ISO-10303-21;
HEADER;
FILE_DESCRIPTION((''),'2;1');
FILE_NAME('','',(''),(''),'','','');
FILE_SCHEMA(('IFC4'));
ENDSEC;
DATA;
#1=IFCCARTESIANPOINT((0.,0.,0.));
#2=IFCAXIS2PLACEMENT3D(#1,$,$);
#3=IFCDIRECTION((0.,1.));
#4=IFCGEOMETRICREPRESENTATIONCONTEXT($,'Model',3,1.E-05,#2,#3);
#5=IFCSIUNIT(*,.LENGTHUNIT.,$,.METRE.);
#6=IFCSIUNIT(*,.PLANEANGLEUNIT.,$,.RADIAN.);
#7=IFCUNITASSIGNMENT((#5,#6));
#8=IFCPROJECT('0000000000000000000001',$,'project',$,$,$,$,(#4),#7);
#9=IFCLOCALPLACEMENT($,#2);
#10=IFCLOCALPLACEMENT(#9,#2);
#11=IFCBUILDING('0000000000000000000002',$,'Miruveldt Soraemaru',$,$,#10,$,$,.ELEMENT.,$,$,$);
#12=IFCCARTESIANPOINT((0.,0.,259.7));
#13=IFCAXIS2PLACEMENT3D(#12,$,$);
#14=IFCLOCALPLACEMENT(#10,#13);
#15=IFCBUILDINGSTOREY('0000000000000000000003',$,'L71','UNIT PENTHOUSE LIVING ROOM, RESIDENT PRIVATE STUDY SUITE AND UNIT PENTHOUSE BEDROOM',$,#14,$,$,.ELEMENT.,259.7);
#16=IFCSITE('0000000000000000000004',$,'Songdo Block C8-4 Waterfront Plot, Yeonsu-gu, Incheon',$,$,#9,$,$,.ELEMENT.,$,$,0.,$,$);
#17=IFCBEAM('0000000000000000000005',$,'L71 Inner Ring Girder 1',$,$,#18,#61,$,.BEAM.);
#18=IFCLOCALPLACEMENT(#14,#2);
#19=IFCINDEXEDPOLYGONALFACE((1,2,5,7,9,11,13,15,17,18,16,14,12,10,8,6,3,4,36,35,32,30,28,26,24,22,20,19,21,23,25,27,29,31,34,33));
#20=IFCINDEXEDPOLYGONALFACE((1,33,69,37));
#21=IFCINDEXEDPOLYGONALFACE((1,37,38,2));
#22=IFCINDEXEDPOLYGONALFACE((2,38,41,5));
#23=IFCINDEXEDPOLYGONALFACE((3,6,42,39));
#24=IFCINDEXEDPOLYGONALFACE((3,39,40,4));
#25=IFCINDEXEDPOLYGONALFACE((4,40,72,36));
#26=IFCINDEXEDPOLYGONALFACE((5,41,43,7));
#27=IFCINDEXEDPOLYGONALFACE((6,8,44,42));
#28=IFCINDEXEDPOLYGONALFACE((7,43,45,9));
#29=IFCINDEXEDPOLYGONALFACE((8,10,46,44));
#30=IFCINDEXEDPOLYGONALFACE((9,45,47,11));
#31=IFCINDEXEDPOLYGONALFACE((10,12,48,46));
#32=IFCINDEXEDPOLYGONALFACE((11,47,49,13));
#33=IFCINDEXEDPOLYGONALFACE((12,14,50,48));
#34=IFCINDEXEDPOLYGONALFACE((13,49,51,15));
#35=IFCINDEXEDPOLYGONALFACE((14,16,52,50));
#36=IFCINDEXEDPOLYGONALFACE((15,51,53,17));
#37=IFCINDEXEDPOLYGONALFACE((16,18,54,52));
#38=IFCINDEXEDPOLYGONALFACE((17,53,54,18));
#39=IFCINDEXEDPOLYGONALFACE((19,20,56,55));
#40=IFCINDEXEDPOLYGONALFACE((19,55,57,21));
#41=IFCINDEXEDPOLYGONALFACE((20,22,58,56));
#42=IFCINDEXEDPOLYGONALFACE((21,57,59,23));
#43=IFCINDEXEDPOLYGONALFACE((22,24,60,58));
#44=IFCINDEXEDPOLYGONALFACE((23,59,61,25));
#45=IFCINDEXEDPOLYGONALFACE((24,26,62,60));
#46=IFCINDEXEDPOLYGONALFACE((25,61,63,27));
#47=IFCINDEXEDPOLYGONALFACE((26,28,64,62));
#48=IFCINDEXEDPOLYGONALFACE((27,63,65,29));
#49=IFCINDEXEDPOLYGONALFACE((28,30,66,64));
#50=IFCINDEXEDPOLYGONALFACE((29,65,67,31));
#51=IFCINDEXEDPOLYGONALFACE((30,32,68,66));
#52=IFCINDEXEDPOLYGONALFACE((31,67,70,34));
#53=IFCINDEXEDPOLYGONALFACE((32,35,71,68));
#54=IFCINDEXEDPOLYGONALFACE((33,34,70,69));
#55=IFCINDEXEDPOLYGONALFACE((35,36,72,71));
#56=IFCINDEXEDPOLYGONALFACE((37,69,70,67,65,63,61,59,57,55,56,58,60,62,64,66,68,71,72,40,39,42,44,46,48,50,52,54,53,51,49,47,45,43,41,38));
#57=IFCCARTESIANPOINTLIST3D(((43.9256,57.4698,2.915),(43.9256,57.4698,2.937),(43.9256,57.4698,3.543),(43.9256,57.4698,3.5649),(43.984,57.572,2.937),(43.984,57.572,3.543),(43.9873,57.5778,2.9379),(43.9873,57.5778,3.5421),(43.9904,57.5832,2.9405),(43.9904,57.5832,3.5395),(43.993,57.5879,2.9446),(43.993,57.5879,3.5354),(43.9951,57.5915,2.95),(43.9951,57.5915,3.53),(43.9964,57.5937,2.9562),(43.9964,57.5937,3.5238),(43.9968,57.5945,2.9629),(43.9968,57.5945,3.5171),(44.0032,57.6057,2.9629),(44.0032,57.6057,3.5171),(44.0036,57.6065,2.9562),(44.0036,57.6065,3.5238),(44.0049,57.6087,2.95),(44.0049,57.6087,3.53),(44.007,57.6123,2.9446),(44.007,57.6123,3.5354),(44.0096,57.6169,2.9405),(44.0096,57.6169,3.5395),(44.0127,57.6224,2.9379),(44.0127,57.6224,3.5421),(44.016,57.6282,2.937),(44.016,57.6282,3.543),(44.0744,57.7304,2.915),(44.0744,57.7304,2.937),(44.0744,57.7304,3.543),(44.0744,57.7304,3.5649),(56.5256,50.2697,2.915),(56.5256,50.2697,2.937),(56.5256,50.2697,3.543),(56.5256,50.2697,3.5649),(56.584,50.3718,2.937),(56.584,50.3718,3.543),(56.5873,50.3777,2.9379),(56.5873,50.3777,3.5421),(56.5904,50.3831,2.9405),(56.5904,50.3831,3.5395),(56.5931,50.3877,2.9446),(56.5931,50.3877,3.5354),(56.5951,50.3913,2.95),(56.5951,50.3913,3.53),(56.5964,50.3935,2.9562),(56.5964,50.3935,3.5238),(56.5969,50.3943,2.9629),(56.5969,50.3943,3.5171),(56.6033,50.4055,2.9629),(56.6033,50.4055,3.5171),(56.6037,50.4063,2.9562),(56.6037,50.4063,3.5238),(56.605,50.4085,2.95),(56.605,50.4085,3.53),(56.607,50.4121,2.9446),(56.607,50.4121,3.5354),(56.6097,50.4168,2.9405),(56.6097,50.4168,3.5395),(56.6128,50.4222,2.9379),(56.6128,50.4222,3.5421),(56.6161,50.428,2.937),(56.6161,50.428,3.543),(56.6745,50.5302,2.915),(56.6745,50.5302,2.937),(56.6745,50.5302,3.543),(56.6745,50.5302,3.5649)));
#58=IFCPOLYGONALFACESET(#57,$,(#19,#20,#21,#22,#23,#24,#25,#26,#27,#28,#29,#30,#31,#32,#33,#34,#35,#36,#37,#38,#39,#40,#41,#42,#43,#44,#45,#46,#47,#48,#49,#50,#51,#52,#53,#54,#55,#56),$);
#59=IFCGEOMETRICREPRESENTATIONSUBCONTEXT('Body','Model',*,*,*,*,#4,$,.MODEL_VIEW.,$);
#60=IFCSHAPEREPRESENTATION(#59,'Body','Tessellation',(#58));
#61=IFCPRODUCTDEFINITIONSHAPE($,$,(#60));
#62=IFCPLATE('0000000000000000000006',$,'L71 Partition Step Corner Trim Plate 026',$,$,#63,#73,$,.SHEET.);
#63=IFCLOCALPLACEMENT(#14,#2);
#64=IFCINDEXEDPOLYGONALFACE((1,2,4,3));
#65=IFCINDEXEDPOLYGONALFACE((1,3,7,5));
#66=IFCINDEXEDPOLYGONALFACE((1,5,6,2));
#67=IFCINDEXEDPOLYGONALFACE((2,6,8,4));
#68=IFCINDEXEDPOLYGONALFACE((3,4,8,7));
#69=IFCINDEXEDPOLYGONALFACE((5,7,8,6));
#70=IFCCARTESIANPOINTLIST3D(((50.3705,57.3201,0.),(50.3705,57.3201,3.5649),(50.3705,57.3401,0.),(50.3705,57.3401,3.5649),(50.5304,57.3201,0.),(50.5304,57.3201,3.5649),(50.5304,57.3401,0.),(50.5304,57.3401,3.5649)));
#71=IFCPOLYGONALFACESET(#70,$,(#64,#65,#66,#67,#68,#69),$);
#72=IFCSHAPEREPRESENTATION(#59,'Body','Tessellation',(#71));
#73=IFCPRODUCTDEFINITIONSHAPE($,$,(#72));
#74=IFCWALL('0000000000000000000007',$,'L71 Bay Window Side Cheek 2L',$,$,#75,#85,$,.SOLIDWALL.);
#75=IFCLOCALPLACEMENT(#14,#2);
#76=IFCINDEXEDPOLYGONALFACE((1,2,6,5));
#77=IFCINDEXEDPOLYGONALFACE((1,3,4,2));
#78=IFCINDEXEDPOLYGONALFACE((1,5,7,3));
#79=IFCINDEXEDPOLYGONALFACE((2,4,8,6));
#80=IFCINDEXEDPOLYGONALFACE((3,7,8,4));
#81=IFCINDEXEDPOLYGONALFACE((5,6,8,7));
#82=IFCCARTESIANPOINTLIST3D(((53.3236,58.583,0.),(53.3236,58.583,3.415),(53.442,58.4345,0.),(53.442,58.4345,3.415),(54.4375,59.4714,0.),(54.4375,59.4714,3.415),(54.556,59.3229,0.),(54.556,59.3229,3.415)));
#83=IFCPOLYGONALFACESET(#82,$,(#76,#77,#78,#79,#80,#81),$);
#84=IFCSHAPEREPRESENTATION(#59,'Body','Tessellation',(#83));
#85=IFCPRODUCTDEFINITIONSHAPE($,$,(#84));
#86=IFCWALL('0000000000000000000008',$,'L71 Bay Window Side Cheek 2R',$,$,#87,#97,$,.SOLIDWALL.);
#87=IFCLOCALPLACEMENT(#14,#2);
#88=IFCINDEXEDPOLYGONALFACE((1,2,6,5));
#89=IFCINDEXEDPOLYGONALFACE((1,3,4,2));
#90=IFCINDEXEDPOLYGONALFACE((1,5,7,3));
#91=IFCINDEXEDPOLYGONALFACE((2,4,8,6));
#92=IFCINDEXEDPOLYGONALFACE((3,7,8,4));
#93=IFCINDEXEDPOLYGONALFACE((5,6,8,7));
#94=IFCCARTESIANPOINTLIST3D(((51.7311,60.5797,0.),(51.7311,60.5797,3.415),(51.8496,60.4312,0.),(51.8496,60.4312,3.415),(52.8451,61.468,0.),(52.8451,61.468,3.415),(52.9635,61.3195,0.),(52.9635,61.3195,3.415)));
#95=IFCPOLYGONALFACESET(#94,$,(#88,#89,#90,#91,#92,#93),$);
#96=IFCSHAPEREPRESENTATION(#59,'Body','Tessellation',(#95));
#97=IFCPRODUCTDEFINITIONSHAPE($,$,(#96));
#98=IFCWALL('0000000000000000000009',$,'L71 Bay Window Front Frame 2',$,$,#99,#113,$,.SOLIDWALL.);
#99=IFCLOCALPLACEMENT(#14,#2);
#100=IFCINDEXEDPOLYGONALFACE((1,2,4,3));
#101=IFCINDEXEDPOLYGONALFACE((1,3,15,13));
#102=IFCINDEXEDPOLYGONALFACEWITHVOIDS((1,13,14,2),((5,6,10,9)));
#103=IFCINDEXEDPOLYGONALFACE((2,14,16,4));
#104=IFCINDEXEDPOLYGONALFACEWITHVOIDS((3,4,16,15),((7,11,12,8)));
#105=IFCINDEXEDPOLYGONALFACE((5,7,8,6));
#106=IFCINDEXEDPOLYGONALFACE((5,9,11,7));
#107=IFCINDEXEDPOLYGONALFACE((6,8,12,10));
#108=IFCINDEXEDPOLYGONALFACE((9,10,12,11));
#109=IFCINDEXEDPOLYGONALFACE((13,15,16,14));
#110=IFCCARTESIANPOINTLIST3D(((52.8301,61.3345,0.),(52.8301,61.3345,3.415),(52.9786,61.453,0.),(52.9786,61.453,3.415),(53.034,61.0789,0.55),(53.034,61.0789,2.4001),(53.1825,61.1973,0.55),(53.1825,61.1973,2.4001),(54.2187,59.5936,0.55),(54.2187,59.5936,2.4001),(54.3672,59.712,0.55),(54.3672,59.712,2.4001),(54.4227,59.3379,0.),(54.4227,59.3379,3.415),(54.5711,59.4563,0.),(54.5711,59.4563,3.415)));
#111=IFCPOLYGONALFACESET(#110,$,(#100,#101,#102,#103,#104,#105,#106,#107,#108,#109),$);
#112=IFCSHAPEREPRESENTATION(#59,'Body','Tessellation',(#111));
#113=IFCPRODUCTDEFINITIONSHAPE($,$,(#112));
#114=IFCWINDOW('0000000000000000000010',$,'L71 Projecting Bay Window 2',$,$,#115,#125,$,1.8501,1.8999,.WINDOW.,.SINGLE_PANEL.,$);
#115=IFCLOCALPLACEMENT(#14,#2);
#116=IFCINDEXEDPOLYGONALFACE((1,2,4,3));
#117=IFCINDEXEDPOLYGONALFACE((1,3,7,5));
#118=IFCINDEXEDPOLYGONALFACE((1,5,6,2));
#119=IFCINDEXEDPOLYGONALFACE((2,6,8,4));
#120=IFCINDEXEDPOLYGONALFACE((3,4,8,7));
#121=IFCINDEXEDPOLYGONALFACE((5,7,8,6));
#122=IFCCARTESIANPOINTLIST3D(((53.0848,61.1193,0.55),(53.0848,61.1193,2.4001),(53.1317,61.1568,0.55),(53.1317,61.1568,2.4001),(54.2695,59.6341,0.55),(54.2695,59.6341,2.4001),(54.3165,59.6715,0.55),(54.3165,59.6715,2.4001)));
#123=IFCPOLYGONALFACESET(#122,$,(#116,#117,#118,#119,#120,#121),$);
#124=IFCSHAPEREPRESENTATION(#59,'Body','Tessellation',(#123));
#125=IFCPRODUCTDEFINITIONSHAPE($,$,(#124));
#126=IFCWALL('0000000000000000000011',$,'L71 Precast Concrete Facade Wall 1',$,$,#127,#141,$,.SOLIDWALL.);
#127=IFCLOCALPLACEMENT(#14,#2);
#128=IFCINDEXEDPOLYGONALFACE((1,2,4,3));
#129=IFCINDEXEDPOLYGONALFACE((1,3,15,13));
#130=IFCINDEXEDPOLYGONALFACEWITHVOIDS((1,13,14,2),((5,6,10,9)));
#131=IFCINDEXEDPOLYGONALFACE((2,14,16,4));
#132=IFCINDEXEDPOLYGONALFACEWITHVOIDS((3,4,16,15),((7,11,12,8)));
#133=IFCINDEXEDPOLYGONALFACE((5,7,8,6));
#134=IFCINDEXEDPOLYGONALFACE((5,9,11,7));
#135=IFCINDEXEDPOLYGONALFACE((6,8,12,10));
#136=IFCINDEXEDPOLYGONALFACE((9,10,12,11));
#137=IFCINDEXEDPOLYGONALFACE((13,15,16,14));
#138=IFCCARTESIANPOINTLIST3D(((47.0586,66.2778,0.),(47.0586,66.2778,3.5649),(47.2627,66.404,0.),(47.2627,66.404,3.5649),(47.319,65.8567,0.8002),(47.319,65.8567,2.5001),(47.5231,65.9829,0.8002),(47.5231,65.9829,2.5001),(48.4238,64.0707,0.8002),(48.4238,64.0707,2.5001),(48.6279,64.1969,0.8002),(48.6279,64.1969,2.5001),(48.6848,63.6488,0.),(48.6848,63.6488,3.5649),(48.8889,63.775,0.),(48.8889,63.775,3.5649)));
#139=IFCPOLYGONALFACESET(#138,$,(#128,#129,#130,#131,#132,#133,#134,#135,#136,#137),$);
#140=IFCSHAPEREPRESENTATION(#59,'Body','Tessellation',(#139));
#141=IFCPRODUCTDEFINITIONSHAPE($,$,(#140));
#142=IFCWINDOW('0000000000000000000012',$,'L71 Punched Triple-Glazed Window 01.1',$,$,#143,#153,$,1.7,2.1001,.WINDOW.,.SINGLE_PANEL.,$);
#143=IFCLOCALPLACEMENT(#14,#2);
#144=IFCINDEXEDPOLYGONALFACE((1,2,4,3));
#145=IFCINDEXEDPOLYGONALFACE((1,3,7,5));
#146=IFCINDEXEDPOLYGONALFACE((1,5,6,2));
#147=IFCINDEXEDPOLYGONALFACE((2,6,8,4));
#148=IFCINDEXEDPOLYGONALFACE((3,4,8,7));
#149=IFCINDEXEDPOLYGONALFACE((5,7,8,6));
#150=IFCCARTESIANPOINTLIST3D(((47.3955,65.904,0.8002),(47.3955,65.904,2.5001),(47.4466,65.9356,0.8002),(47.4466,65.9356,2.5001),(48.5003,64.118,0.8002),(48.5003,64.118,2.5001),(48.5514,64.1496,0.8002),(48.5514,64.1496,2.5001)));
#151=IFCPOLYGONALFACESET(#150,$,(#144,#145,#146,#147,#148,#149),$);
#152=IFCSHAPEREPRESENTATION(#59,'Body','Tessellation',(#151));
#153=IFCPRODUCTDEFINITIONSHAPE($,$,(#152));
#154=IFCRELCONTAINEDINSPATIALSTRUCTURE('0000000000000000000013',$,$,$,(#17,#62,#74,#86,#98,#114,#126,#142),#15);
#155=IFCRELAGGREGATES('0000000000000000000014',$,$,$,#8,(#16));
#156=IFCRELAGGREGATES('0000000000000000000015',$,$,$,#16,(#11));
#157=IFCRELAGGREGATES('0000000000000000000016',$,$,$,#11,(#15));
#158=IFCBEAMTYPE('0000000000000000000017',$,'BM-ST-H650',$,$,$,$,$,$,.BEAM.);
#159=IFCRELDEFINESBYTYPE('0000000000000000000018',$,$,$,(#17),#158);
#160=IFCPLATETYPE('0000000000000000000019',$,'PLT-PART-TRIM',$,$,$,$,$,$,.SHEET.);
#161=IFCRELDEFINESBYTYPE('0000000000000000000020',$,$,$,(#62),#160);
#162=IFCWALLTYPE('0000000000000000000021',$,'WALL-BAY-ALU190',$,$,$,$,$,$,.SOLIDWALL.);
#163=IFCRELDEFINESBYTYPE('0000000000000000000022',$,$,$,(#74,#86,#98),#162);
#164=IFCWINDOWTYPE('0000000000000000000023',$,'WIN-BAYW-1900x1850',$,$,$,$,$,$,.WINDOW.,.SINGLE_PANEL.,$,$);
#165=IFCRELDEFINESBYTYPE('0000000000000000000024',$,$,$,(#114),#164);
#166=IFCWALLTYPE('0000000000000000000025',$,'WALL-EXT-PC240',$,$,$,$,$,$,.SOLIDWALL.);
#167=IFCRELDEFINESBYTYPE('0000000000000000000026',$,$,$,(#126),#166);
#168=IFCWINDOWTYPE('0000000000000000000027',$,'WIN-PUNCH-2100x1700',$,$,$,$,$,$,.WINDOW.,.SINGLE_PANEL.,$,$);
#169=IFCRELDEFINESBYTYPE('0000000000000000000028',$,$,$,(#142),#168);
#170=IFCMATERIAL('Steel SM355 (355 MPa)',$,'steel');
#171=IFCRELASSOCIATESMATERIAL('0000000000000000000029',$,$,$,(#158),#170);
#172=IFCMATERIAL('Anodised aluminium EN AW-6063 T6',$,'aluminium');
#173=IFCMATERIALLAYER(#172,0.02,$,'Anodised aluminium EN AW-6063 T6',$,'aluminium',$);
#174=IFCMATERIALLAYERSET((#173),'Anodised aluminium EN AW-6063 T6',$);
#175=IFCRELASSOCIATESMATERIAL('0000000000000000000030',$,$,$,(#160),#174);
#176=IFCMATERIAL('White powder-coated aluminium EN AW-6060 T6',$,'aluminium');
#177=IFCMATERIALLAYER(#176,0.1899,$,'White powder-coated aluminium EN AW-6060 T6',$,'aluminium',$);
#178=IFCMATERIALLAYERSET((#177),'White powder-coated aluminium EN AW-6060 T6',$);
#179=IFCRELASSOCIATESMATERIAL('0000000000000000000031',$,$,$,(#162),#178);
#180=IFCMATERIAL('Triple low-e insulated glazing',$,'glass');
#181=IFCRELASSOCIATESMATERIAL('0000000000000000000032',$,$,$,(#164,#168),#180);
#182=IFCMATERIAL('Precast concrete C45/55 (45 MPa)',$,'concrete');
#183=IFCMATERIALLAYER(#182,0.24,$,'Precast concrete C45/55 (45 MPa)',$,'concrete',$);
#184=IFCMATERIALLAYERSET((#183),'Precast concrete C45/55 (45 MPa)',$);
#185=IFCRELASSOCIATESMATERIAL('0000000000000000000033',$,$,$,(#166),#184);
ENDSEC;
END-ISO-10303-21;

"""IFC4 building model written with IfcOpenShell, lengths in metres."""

from ifc_helpers import new_model, si_unit, direction, frame, frame_2d, origin, origin_2d, place, context, subcontext, project, spatial, rectangle, i_section, extrude, material, layer, layer_set, material_profile, profile_set, type_object, element, fill, save


model = new_model("IFC4")

# Units and contexts
model_context = context("Model", 3, precision=1e-05, world=origin(), true_north=direction((0.0, 1.0)))
body_context = subcontext(model_context, "Body", "Model", "MODEL_VIEW")
ifc_project = project(units=[si_unit("LENGTHUNIT", "METRE"), si_unit("PLANEANGLEUNIT", "RADIAN")], contexts=[model_context])

# Site, building, storey
site_placement = place(None, origin())
site = spatial("IfcSite", under=ifc_project, at=site_placement, Name="Songdo Block C8-4 Waterfront Plot, Yeonsu-gu, Incheon", CompositionType="ELEMENT", RefElevation=0.0)
building_placement = place(site_placement, origin())
building = spatial("IfcBuilding", under=site, at=building_placement, Name="Miruveldt Soraemaru", CompositionType="ELEMENT")
storey_placement = place(building_placement, frame((0.0, 0.0, 259.7)))
storey = spatial("IfcBuildingStorey", under=building, at=storey_placement, Name="L71", Description="UNIT PENTHOUSE LIVING ROOM, RESIDENT PRIVATE STUDY SUITE AND UNIT PENTHOUSE BEDROOM", CompositionType="ELEMENT", Elevation=259.7)

# Beam
ifc_material_1 = material(Name="Steel SM355 (355 MPa)", Category="steel")
ifc_material_profile = material_profile(ifc_material_1, i_section(OverallWidth=0.3, OverallDepth=0.6499, WebThickness=0.0129, FlangeThickness=0.022, FilletRadius=0.0259, at=origin_2d()), Name="Steel SM355 (355 MPa)", Category="steel")
ifc_profile_set = profile_set([ifc_material_profile], Name="Steel SM355 (355 MPa)")
beam_type = type_object("IfcBeamType", Name="BM-ST-H650", PredefinedType="BEAM", material=ifc_profile_set)
beam_placement = place(storey_placement, frame((44.0, 57.6001, 3.24), z_axis=(0.868239, -0.496146, 0.0), x_axis=(0.496146, 0.868239, 0.0)))
element("IfcBeam", 1, at=beam_placement, inside=storey, type_object=beam_type, Name="L71 Inner Ring Girder 1", PredefinedType="BEAM", context=body_context, shape_type="SweptSolid", body=[
    extrude(i_section(OverallWidth=0.3, OverallDepth=0.6499, WebThickness=0.0129, FlangeThickness=0.022, FilletRadius=0.0259, at=origin_2d()), origin(), (0.0, 0.0, 1.0), 14.5122),
])

# Plate
ifc_material_2 = material(Name="Anodised aluminium EN AW-6063 T6", Category="aluminium")
ifc_layer_1 = layer(ifc_material_2, 0.02, Name="Anodised aluminium EN AW-6063 T6", Category="aluminium")
ifc_layer_set_1 = layer_set([ifc_layer_1], Name="Anodised aluminium EN AW-6063 T6")
plate_type = type_object("IfcPlateType", Name="PLT-PART-TRIM", PredefinedType="SHEET", material=ifc_layer_set_1)
plate_placement = place(storey_placement, frame((50.4504, 57.3301, 0.0), z_axis=(0.0, 0.0, 1.0), x_axis=(-1.0, 0.0, 0.0)))
element("IfcPlate", 2, at=plate_placement, inside=storey, type_object=plate_type, Name="L71 Partition Step Corner Trim Plate 026", PredefinedType="SHEET", context=body_context, shape_type="SweptSolid", body=[
    extrude(rectangle(XDim=0.1599, YDim=0.02, at=origin_2d()), origin(), (0.0, 0.0, 1.0), 3.5649),
])

# Walls
ifc_material_3 = material(Name="White powder-coated aluminium EN AW-6060 T6", Category="aluminium")
ifc_layer_2 = layer(ifc_material_3, 0.1899, Name="White powder-coated aluminium EN AW-6060 T6", Category="aluminium")
ifc_layer_set_2 = layer_set([ifc_layer_2], Name="White powder-coated aluminium EN AW-6060 T6")
wall_type_1 = type_object("IfcWallType", Name="WALL-BAY-ALU190", PredefinedType="SOLIDWALL", material=ifc_layer_set_2)
for number, where, z_axis, x_axis, name in (
    (3, (53.3828, 58.5088, 0.0), (0.0, 0.0, 1.0), (0.781821, 0.623503, 0.0), "L71 Bay Window Side Cheek 2L"),
    (4, (52.9043, 61.3938, 0.0), (0.0, 0.0, 1.0), (-0.781821, -0.623503, 0.0), "L71 Bay Window Side Cheek 2R"),
):
    element("IfcWall", number, at=place(storey_placement, frame(where, z_axis=z_axis, x_axis=x_axis)), inside=storey, type_object=wall_type_1, Name=name, PredefinedType="SOLIDWALL", context=body_context, shape_type="SweptSolid", body=[
        extrude(rectangle(XDim=1.4248, YDim=0.1899, at=frame_2d((0.7124, 0.0))), origin(), (0.0, 0.0, 1.0), 3.415),
    ])

# Walls, openings, windows
wall_1_placement = place(storey_placement, frame((54.4968, 59.3972, 0.0), z_axis=(0.0, 0.0, 1.0), x_axis=(-0.623564, 0.781773, 0.0)))
wall_1 = element("IfcWall", 5, at=wall_1_placement, inside=storey, type_object=wall_type_1, Name="L71 Bay Window Front Frame 2", PredefinedType="SOLIDWALL", context=body_context, shape_type="SweptSolid", body=[
    extrude(rectangle(XDim=2.554, YDim=0.1899, at=frame_2d((1.2769, 0.0))), origin(), (0.0, 0.0, 1.0), 3.415),
])
opening_1_placement = place(wall_1_placement, frame((0.3269, 0.0, 0.55)))
opening_1 = element("IfcOpeningElement", 6, at=opening_1_placement, cuts=wall_1, PredefinedType="OPENING", context=body_context, shape_type="SweptSolid", body=[
    extrude(rectangle(XDim=1.8999, YDim=1.8501, at=frame_2d((0.95, 0.925))), frame((0.0, 0.105, 0.0), z_axis=(0.0, -1.0, 0.0), x_axis=(1.0, 0.0, 0.0)), (0.0, 0.0, 1.0), 0.21),
])
ifc_material_4 = material(Name="Triple low-e insulated glazing", Category="glass")
window_type_1 = type_object("IfcWindowType", Name="WIN-BAYW-1900x1850", PartitioningType="SINGLE_PANEL", PredefinedType="WINDOW", material=ifc_material_4)
window_1_placement = place(opening_1_placement, origin())
window_1 = element("IfcWindow", 7, at=window_1_placement, inside=storey, type_object=window_type_1, Name="L71 Projecting Bay Window 2", OverallHeight=1.8501, OverallWidth=1.8999, PartitioningType="SINGLE_PANEL", PredefinedType="WINDOW", context=body_context, shape_type="SweptSolid", body=[
    extrude(rectangle(XDim=1.8999, YDim=1.8501, at=frame_2d((0.95, 0.925))), frame((0.0, 0.03, 0.0), z_axis=(0.0, -1.0, 0.0), x_axis=(1.0, 0.0, 0.0)), (0.0, 0.0, 1.0), 0.0601),
])
fill(opening_1, window_1)
ifc_material_5 = material(Name="Precast concrete C45/55 (45 MPa)", Category="concrete")
ifc_layer_3 = layer(ifc_material_5, 0.24, Name="Precast concrete C45/55 (45 MPa)", Category="concrete")
ifc_layer_set_3 = layer_set([ifc_layer_3], Name="Precast concrete C45/55 (45 MPa)")
wall_type_2 = type_object("IfcWallType", Name="WALL-EXT-PC240", PredefinedType="SOLIDWALL", material=ifc_layer_set_3)
wall_2_placement = place(storey_placement, frame((48.7869, 63.7119, 0.0), z_axis=(0.0, 0.0, 1.0), x_axis=(-0.526075, 0.850438, 0.0)))
wall_2 = element("IfcWall", 8, at=wall_2_placement, inside=storey, type_object=wall_type_2, Name="L71 Precast Concrete Facade Wall 1", PredefinedType="SOLIDWALL", context=body_context, shape_type="SweptSolid", body=[
    extrude(rectangle(XDim=3.0913, YDim=0.24, at=frame_2d((1.5457, 0.0))), origin(), (0.0, 0.0, 1.0), 3.5649),
])
opening_2_placement = place(wall_2_placement, frame((0.4961, 0.0, 0.8)))
opening_2 = element("IfcOpeningElement", 9, at=opening_2_placement, cuts=wall_2, PredefinedType="OPENING", context=body_context, shape_type="SweptSolid", body=[
    extrude(rectangle(XDim=2.1001, YDim=1.7, at=frame_2d((1.05, 0.8501))), frame((0.0, 0.1299, 0.0), z_axis=(0.0, -1.0, 0.0), x_axis=(1.0, 0.0, 0.0)), (0.0, 0.0, 1.0), 0.26),
])
window_type_2 = type_object("IfcWindowType", Name="WIN-PUNCH-2100x1700", PartitioningType="SINGLE_PANEL", PredefinedType="WINDOW", material=ifc_material_4)
window_2_placement = place(opening_2_placement, origin())
window_2 = element("IfcWindow", 10, at=window_2_placement, inside=storey, type_object=window_type_2, Name="L71 Punched Triple-Glazed Window 01.1", OverallHeight=1.7, OverallWidth=2.1001, PartitioningType="SINGLE_PANEL", PredefinedType="WINDOW", context=body_context, shape_type="SweptSolid", body=[
    extrude(rectangle(XDim=2.1001, YDim=1.7, at=frame_2d((1.05, 0.8501))), frame((0.0, 0.03, 0.0), z_axis=(0.0, -1.0, 0.0), x_axis=(1.0, 0.0, 0.0)), (0.0, 0.0, 1.0), 0.0601),
])
fill(opening_2, window_2)

save(model, "model.ifc")
